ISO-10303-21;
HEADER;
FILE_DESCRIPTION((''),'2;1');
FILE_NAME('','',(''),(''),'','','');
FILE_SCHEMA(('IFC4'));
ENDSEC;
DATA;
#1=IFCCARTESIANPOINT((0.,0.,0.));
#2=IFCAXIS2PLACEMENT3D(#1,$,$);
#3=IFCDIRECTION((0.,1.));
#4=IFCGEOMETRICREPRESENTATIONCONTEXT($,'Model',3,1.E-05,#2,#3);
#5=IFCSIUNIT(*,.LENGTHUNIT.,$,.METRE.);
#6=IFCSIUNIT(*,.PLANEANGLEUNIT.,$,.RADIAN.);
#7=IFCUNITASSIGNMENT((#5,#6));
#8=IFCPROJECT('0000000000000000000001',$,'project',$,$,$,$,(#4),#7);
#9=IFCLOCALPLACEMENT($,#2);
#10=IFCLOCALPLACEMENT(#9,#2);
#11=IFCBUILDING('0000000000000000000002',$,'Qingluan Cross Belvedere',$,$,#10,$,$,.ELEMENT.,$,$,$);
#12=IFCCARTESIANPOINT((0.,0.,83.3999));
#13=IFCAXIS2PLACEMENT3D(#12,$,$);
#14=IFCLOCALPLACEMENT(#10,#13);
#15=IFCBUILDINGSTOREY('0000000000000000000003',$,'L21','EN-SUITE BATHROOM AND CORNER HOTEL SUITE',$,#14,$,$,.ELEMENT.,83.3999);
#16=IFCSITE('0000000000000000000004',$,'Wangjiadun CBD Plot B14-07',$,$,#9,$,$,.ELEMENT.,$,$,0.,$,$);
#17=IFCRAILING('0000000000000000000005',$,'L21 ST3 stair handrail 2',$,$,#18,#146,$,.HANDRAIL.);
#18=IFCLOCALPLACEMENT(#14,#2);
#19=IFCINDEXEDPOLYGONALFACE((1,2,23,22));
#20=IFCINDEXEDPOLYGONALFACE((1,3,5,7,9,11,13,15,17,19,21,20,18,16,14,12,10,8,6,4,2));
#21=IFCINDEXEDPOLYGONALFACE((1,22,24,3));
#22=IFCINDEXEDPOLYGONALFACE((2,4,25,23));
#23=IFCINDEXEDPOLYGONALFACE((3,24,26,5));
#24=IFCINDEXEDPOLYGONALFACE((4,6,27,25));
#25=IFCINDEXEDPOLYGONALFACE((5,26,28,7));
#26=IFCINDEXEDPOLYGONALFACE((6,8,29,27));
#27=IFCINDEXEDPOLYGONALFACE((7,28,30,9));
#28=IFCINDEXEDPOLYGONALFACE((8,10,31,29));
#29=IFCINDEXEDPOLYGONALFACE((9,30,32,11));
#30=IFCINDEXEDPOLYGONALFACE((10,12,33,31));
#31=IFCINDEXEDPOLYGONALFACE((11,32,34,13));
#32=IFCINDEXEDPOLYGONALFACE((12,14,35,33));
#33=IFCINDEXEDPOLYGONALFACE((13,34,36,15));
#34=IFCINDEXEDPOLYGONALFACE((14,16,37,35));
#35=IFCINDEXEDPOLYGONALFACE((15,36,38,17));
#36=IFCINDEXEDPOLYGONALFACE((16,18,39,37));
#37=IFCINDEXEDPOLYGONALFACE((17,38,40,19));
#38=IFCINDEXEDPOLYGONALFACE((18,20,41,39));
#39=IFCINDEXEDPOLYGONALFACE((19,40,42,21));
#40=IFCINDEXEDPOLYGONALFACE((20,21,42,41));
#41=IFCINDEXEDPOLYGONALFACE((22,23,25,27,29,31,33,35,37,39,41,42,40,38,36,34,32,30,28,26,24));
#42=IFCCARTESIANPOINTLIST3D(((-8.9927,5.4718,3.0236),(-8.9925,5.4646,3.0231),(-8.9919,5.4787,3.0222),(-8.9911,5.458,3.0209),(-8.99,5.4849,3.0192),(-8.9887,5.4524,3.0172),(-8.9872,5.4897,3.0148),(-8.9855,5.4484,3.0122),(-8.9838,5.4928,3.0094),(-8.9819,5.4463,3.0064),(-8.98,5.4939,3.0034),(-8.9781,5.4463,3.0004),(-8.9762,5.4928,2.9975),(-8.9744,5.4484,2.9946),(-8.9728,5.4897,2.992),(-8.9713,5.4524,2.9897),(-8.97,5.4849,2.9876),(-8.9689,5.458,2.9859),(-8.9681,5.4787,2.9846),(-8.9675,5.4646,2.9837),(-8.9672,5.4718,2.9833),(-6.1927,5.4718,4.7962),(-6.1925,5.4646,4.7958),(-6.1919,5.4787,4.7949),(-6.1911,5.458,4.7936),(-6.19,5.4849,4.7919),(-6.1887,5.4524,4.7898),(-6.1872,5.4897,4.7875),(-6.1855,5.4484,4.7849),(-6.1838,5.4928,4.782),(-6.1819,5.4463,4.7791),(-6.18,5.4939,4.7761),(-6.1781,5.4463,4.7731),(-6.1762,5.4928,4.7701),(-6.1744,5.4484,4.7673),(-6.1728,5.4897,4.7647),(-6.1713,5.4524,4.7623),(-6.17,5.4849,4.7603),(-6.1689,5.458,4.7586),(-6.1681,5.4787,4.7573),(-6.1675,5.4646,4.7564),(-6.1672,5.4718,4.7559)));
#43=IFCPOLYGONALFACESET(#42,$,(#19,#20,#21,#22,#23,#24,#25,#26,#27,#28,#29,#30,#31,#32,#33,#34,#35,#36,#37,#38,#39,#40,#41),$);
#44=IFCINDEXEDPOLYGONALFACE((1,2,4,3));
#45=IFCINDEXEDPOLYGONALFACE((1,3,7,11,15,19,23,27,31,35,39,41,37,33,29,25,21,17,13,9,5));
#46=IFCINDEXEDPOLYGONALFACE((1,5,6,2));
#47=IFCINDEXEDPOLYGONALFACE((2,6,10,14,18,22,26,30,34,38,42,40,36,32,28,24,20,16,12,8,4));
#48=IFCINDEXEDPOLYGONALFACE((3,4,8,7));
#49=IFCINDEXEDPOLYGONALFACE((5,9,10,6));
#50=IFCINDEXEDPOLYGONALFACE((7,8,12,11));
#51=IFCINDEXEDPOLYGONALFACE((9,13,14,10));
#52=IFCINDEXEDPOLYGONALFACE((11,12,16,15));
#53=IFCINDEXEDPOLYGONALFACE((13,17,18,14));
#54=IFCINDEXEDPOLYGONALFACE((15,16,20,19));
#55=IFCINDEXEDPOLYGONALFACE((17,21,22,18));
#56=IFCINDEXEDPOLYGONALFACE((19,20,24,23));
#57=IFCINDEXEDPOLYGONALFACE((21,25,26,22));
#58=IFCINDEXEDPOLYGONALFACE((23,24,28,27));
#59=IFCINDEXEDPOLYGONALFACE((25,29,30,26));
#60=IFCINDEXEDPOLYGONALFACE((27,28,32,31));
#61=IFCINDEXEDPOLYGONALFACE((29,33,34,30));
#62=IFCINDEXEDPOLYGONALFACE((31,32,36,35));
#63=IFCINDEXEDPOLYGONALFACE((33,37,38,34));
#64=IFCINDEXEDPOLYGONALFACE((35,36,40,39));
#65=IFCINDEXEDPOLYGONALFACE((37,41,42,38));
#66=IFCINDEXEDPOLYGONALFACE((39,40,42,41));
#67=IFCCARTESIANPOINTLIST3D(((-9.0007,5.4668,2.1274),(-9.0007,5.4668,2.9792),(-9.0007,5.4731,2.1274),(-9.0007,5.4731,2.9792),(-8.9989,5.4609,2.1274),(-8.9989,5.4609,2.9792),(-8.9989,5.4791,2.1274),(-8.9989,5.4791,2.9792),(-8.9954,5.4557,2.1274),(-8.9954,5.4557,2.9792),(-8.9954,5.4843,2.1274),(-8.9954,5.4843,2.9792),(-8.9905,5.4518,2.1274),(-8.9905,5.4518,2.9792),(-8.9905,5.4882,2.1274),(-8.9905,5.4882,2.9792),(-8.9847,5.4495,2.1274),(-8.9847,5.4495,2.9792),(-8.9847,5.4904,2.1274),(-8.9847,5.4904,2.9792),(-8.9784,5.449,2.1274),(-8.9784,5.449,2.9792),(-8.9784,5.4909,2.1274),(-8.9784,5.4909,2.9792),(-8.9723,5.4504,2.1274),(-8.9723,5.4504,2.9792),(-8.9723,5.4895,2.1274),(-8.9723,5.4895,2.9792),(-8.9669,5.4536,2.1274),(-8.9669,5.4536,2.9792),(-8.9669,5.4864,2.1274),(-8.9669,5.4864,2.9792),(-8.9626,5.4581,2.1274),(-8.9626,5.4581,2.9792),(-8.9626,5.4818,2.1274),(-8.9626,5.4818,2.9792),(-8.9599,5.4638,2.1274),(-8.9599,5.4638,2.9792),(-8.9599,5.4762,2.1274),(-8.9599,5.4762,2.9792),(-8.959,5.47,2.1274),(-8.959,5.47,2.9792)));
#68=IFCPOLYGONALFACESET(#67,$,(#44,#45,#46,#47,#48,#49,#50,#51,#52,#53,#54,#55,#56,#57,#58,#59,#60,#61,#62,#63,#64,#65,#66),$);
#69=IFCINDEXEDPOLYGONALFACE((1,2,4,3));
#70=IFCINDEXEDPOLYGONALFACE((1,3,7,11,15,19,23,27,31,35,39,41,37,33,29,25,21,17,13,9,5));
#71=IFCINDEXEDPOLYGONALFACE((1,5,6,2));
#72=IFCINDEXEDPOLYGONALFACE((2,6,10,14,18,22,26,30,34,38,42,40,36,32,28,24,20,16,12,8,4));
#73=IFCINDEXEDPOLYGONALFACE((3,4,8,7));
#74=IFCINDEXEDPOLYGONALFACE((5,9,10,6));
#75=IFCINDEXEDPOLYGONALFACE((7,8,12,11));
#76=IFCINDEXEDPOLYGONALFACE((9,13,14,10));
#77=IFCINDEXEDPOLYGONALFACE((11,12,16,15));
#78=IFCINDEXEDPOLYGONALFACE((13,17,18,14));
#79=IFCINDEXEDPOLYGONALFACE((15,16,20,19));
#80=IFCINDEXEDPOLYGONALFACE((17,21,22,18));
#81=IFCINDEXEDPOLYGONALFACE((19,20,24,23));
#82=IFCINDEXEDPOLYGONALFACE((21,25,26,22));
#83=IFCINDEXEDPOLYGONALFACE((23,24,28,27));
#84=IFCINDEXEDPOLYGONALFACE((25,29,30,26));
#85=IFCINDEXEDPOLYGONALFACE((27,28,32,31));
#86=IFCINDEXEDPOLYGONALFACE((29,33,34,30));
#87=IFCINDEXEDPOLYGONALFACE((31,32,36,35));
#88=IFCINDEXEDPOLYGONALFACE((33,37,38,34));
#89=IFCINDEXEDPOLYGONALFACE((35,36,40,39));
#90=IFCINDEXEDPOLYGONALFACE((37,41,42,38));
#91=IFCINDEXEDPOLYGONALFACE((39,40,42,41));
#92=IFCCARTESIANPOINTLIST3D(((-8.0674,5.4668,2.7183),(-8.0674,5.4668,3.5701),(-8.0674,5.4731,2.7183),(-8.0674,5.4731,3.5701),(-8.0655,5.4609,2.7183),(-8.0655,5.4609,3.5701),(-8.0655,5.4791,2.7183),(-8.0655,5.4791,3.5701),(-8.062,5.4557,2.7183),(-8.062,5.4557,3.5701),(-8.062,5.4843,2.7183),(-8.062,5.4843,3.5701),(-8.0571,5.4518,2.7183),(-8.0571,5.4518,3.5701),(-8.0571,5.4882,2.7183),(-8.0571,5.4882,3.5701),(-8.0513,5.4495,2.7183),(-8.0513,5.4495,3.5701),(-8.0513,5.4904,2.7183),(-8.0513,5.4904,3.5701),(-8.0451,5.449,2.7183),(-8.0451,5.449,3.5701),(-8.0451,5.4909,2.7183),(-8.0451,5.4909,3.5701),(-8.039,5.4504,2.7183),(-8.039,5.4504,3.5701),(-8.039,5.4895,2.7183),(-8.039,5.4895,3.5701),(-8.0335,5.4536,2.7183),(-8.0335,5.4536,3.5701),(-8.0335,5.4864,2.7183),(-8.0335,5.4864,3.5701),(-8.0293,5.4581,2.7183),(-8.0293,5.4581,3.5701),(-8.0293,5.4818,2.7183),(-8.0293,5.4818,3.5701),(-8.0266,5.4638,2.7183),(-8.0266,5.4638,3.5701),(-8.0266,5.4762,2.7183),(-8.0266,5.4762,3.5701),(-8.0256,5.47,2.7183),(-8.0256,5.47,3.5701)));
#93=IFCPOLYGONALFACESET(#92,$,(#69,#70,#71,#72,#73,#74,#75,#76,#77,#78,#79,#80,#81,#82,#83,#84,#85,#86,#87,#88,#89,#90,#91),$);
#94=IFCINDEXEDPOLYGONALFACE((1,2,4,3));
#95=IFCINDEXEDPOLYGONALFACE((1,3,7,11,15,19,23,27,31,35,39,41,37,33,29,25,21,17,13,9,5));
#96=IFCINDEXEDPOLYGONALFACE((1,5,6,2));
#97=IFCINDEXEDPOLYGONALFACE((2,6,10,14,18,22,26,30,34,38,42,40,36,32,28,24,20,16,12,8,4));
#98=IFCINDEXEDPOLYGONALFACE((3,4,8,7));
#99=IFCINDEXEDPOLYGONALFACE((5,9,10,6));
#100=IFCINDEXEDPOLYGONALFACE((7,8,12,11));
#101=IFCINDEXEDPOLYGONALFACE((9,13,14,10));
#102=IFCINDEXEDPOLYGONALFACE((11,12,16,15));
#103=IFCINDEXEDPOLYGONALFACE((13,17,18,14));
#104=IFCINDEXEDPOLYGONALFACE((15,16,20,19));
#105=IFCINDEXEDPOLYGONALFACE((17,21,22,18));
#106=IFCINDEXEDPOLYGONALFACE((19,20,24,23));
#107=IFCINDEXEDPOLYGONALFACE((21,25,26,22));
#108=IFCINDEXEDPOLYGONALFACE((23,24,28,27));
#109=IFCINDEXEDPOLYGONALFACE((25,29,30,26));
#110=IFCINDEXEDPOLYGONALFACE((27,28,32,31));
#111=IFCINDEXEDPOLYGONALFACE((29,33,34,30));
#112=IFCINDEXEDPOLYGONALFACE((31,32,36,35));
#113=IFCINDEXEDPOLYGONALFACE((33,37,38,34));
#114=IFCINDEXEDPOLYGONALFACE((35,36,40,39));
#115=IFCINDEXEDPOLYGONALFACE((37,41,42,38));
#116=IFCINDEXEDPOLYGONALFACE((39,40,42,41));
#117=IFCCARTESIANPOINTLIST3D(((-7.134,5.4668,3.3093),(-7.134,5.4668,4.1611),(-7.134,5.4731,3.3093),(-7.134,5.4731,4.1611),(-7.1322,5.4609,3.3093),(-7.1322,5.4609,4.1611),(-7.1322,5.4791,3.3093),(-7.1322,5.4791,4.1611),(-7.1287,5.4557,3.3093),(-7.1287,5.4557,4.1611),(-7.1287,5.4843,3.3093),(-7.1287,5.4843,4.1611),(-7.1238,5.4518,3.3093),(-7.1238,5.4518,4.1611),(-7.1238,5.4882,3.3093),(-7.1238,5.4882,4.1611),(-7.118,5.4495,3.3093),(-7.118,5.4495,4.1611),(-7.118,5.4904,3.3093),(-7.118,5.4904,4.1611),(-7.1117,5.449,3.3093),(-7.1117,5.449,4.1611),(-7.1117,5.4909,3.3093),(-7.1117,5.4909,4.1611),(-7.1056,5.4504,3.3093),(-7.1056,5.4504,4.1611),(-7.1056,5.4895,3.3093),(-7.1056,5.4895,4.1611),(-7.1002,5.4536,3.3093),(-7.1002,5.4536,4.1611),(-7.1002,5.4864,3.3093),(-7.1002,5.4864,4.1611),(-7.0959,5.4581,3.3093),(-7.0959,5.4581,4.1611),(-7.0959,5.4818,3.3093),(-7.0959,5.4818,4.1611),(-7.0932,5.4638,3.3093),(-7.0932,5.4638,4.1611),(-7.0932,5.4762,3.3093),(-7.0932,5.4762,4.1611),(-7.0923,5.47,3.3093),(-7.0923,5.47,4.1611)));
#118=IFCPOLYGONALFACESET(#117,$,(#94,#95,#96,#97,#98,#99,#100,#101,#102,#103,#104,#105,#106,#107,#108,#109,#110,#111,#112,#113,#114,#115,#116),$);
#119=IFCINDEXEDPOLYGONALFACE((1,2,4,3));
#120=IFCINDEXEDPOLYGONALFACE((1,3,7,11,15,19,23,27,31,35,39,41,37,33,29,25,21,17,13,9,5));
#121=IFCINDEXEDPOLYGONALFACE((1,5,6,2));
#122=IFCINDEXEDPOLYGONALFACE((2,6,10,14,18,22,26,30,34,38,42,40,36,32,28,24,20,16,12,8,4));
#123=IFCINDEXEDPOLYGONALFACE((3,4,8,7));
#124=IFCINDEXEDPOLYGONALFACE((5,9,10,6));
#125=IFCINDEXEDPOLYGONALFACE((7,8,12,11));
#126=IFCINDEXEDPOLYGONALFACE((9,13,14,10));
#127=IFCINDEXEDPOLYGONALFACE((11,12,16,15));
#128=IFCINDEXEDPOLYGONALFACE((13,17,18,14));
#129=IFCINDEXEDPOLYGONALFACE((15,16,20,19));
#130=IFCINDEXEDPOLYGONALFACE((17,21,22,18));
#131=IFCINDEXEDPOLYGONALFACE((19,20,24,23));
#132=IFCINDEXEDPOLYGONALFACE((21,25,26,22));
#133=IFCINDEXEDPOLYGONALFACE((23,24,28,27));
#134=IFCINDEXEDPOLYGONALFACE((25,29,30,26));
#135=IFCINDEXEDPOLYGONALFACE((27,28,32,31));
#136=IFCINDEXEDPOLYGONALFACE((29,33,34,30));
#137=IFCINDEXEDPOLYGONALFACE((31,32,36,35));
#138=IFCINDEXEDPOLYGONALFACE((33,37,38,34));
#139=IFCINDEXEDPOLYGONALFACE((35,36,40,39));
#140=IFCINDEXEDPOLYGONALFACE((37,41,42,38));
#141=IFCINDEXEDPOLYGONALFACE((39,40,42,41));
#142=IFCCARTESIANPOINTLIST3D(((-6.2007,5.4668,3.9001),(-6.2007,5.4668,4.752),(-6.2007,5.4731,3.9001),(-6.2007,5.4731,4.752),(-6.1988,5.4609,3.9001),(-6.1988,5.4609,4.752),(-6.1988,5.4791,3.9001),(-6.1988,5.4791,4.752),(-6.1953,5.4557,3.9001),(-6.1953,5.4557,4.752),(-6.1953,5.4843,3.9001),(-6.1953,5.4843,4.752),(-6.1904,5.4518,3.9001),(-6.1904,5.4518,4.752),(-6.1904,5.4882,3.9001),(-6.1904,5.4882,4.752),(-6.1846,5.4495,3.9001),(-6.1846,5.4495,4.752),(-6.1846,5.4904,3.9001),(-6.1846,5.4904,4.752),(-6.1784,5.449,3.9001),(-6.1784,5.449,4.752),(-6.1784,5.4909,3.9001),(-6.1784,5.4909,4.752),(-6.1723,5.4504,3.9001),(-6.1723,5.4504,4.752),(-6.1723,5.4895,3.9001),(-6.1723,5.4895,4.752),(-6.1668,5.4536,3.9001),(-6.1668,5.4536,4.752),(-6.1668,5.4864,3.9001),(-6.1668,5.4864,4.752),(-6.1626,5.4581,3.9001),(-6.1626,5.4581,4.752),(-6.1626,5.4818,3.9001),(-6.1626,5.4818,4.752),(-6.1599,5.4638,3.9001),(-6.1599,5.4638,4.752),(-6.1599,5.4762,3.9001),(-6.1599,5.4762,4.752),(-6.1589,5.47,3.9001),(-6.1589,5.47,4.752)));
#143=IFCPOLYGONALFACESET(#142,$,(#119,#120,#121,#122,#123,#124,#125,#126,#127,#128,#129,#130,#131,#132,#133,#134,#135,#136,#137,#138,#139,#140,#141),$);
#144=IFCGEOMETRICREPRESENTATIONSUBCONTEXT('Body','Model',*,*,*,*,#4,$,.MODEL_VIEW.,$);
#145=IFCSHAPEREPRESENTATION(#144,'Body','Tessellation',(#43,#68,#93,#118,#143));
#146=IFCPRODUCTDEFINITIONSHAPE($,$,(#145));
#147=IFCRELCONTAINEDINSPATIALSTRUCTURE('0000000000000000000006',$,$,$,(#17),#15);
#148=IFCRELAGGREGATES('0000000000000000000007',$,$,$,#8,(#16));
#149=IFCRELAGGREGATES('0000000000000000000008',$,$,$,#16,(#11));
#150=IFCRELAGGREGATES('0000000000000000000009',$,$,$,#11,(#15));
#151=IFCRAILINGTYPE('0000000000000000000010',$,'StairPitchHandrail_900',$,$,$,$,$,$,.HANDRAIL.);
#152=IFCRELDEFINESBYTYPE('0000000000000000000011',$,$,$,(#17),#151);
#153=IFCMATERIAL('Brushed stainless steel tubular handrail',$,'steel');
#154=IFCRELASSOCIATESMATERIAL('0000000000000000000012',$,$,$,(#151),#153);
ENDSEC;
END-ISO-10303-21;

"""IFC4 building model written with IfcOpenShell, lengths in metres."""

from ifc_helpers import new_model, si_unit, direction, frame, origin, origin_2d, place, context, subcontext, project, spatial, circle, extrude, material, type_object, element, save


model = new_model("IFC4")

# Units and contexts
model_context = context("Model", 3, precision=1e-05, world=origin(), true_north=direction((0.0, 1.0)))
body_context = subcontext(model_context, "Body", "Model", "MODEL_VIEW")
ifc_project = project(units=[si_unit("LENGTHUNIT", "METRE"), si_unit("PLANEANGLEUNIT", "RADIAN")], contexts=[model_context])

# Site, building, storey
site_placement = place(None, origin())
site = spatial("IfcSite", under=ifc_project, at=site_placement, Name="Wangjiadun CBD Plot B14-07", CompositionType="ELEMENT", RefElevation=0.0)
building_placement = place(site_placement, origin())
building = spatial("IfcBuilding", under=site, at=building_placement, Name="Qingluan Cross Belvedere", CompositionType="ELEMENT")
storey_placement = place(building_placement, frame((0.0, 0.0, 83.3999)))
storey = spatial("IfcBuildingStorey", under=building, at=storey_placement, Name="L21", Description="EN-SUITE BATHROOM AND CORNER HOTEL SUITE", CompositionType="ELEMENT", Elevation=83.3999)

# Railing
ifc_material_1 = material(Name="Brushed stainless steel tubular handrail", Category="steel")
railing_type_1 = type_object("IfcRailingType", Name="StairPitchHandrail_900", PredefinedType="HANDRAIL", material=ifc_material_1)
railing_1_placement = place(storey_placement, frame((-8.98, 5.47, 2.1274)))
element("IfcRailing", 1, at=railing_1_placement, inside=storey, type_object=railing_type_1, Name="L21 ST3 stair handrail 2", PredefinedType="HANDRAIL", context=body_context, shape_type="SweptSolid", body=[
    extrude(circle(Radius=0.0239, at=origin_2d()), frame((0.0, 0.0, 0.876), z_axis=(0.844909, 0.0, 0.53491), x_axis=(0.0, 1.0, 0.0)), (0.0, 0.0, 1.0), 3.314),
    extrude(circle(Radius=0.021, at=origin_2d()), origin(), (0.0, 0.0, 1.0), 0.8518),
    extrude(circle(Radius=0.021, at=origin_2d()), frame((0.9333, 0.0, 0.5908)), (0.0, 0.0, 1.0), 0.8518),
    extrude(circle(Radius=0.021, at=origin_2d()), frame((1.8667, 0.0, 1.1819)), (0.0, 0.0, 1.0), 0.8518),
    extrude(circle(Radius=0.021, at=origin_2d()), frame((2.8, 0.0, 1.7727)), (0.0, 0.0, 1.0), 0.8518),
])

save(model, "model.ifc")
